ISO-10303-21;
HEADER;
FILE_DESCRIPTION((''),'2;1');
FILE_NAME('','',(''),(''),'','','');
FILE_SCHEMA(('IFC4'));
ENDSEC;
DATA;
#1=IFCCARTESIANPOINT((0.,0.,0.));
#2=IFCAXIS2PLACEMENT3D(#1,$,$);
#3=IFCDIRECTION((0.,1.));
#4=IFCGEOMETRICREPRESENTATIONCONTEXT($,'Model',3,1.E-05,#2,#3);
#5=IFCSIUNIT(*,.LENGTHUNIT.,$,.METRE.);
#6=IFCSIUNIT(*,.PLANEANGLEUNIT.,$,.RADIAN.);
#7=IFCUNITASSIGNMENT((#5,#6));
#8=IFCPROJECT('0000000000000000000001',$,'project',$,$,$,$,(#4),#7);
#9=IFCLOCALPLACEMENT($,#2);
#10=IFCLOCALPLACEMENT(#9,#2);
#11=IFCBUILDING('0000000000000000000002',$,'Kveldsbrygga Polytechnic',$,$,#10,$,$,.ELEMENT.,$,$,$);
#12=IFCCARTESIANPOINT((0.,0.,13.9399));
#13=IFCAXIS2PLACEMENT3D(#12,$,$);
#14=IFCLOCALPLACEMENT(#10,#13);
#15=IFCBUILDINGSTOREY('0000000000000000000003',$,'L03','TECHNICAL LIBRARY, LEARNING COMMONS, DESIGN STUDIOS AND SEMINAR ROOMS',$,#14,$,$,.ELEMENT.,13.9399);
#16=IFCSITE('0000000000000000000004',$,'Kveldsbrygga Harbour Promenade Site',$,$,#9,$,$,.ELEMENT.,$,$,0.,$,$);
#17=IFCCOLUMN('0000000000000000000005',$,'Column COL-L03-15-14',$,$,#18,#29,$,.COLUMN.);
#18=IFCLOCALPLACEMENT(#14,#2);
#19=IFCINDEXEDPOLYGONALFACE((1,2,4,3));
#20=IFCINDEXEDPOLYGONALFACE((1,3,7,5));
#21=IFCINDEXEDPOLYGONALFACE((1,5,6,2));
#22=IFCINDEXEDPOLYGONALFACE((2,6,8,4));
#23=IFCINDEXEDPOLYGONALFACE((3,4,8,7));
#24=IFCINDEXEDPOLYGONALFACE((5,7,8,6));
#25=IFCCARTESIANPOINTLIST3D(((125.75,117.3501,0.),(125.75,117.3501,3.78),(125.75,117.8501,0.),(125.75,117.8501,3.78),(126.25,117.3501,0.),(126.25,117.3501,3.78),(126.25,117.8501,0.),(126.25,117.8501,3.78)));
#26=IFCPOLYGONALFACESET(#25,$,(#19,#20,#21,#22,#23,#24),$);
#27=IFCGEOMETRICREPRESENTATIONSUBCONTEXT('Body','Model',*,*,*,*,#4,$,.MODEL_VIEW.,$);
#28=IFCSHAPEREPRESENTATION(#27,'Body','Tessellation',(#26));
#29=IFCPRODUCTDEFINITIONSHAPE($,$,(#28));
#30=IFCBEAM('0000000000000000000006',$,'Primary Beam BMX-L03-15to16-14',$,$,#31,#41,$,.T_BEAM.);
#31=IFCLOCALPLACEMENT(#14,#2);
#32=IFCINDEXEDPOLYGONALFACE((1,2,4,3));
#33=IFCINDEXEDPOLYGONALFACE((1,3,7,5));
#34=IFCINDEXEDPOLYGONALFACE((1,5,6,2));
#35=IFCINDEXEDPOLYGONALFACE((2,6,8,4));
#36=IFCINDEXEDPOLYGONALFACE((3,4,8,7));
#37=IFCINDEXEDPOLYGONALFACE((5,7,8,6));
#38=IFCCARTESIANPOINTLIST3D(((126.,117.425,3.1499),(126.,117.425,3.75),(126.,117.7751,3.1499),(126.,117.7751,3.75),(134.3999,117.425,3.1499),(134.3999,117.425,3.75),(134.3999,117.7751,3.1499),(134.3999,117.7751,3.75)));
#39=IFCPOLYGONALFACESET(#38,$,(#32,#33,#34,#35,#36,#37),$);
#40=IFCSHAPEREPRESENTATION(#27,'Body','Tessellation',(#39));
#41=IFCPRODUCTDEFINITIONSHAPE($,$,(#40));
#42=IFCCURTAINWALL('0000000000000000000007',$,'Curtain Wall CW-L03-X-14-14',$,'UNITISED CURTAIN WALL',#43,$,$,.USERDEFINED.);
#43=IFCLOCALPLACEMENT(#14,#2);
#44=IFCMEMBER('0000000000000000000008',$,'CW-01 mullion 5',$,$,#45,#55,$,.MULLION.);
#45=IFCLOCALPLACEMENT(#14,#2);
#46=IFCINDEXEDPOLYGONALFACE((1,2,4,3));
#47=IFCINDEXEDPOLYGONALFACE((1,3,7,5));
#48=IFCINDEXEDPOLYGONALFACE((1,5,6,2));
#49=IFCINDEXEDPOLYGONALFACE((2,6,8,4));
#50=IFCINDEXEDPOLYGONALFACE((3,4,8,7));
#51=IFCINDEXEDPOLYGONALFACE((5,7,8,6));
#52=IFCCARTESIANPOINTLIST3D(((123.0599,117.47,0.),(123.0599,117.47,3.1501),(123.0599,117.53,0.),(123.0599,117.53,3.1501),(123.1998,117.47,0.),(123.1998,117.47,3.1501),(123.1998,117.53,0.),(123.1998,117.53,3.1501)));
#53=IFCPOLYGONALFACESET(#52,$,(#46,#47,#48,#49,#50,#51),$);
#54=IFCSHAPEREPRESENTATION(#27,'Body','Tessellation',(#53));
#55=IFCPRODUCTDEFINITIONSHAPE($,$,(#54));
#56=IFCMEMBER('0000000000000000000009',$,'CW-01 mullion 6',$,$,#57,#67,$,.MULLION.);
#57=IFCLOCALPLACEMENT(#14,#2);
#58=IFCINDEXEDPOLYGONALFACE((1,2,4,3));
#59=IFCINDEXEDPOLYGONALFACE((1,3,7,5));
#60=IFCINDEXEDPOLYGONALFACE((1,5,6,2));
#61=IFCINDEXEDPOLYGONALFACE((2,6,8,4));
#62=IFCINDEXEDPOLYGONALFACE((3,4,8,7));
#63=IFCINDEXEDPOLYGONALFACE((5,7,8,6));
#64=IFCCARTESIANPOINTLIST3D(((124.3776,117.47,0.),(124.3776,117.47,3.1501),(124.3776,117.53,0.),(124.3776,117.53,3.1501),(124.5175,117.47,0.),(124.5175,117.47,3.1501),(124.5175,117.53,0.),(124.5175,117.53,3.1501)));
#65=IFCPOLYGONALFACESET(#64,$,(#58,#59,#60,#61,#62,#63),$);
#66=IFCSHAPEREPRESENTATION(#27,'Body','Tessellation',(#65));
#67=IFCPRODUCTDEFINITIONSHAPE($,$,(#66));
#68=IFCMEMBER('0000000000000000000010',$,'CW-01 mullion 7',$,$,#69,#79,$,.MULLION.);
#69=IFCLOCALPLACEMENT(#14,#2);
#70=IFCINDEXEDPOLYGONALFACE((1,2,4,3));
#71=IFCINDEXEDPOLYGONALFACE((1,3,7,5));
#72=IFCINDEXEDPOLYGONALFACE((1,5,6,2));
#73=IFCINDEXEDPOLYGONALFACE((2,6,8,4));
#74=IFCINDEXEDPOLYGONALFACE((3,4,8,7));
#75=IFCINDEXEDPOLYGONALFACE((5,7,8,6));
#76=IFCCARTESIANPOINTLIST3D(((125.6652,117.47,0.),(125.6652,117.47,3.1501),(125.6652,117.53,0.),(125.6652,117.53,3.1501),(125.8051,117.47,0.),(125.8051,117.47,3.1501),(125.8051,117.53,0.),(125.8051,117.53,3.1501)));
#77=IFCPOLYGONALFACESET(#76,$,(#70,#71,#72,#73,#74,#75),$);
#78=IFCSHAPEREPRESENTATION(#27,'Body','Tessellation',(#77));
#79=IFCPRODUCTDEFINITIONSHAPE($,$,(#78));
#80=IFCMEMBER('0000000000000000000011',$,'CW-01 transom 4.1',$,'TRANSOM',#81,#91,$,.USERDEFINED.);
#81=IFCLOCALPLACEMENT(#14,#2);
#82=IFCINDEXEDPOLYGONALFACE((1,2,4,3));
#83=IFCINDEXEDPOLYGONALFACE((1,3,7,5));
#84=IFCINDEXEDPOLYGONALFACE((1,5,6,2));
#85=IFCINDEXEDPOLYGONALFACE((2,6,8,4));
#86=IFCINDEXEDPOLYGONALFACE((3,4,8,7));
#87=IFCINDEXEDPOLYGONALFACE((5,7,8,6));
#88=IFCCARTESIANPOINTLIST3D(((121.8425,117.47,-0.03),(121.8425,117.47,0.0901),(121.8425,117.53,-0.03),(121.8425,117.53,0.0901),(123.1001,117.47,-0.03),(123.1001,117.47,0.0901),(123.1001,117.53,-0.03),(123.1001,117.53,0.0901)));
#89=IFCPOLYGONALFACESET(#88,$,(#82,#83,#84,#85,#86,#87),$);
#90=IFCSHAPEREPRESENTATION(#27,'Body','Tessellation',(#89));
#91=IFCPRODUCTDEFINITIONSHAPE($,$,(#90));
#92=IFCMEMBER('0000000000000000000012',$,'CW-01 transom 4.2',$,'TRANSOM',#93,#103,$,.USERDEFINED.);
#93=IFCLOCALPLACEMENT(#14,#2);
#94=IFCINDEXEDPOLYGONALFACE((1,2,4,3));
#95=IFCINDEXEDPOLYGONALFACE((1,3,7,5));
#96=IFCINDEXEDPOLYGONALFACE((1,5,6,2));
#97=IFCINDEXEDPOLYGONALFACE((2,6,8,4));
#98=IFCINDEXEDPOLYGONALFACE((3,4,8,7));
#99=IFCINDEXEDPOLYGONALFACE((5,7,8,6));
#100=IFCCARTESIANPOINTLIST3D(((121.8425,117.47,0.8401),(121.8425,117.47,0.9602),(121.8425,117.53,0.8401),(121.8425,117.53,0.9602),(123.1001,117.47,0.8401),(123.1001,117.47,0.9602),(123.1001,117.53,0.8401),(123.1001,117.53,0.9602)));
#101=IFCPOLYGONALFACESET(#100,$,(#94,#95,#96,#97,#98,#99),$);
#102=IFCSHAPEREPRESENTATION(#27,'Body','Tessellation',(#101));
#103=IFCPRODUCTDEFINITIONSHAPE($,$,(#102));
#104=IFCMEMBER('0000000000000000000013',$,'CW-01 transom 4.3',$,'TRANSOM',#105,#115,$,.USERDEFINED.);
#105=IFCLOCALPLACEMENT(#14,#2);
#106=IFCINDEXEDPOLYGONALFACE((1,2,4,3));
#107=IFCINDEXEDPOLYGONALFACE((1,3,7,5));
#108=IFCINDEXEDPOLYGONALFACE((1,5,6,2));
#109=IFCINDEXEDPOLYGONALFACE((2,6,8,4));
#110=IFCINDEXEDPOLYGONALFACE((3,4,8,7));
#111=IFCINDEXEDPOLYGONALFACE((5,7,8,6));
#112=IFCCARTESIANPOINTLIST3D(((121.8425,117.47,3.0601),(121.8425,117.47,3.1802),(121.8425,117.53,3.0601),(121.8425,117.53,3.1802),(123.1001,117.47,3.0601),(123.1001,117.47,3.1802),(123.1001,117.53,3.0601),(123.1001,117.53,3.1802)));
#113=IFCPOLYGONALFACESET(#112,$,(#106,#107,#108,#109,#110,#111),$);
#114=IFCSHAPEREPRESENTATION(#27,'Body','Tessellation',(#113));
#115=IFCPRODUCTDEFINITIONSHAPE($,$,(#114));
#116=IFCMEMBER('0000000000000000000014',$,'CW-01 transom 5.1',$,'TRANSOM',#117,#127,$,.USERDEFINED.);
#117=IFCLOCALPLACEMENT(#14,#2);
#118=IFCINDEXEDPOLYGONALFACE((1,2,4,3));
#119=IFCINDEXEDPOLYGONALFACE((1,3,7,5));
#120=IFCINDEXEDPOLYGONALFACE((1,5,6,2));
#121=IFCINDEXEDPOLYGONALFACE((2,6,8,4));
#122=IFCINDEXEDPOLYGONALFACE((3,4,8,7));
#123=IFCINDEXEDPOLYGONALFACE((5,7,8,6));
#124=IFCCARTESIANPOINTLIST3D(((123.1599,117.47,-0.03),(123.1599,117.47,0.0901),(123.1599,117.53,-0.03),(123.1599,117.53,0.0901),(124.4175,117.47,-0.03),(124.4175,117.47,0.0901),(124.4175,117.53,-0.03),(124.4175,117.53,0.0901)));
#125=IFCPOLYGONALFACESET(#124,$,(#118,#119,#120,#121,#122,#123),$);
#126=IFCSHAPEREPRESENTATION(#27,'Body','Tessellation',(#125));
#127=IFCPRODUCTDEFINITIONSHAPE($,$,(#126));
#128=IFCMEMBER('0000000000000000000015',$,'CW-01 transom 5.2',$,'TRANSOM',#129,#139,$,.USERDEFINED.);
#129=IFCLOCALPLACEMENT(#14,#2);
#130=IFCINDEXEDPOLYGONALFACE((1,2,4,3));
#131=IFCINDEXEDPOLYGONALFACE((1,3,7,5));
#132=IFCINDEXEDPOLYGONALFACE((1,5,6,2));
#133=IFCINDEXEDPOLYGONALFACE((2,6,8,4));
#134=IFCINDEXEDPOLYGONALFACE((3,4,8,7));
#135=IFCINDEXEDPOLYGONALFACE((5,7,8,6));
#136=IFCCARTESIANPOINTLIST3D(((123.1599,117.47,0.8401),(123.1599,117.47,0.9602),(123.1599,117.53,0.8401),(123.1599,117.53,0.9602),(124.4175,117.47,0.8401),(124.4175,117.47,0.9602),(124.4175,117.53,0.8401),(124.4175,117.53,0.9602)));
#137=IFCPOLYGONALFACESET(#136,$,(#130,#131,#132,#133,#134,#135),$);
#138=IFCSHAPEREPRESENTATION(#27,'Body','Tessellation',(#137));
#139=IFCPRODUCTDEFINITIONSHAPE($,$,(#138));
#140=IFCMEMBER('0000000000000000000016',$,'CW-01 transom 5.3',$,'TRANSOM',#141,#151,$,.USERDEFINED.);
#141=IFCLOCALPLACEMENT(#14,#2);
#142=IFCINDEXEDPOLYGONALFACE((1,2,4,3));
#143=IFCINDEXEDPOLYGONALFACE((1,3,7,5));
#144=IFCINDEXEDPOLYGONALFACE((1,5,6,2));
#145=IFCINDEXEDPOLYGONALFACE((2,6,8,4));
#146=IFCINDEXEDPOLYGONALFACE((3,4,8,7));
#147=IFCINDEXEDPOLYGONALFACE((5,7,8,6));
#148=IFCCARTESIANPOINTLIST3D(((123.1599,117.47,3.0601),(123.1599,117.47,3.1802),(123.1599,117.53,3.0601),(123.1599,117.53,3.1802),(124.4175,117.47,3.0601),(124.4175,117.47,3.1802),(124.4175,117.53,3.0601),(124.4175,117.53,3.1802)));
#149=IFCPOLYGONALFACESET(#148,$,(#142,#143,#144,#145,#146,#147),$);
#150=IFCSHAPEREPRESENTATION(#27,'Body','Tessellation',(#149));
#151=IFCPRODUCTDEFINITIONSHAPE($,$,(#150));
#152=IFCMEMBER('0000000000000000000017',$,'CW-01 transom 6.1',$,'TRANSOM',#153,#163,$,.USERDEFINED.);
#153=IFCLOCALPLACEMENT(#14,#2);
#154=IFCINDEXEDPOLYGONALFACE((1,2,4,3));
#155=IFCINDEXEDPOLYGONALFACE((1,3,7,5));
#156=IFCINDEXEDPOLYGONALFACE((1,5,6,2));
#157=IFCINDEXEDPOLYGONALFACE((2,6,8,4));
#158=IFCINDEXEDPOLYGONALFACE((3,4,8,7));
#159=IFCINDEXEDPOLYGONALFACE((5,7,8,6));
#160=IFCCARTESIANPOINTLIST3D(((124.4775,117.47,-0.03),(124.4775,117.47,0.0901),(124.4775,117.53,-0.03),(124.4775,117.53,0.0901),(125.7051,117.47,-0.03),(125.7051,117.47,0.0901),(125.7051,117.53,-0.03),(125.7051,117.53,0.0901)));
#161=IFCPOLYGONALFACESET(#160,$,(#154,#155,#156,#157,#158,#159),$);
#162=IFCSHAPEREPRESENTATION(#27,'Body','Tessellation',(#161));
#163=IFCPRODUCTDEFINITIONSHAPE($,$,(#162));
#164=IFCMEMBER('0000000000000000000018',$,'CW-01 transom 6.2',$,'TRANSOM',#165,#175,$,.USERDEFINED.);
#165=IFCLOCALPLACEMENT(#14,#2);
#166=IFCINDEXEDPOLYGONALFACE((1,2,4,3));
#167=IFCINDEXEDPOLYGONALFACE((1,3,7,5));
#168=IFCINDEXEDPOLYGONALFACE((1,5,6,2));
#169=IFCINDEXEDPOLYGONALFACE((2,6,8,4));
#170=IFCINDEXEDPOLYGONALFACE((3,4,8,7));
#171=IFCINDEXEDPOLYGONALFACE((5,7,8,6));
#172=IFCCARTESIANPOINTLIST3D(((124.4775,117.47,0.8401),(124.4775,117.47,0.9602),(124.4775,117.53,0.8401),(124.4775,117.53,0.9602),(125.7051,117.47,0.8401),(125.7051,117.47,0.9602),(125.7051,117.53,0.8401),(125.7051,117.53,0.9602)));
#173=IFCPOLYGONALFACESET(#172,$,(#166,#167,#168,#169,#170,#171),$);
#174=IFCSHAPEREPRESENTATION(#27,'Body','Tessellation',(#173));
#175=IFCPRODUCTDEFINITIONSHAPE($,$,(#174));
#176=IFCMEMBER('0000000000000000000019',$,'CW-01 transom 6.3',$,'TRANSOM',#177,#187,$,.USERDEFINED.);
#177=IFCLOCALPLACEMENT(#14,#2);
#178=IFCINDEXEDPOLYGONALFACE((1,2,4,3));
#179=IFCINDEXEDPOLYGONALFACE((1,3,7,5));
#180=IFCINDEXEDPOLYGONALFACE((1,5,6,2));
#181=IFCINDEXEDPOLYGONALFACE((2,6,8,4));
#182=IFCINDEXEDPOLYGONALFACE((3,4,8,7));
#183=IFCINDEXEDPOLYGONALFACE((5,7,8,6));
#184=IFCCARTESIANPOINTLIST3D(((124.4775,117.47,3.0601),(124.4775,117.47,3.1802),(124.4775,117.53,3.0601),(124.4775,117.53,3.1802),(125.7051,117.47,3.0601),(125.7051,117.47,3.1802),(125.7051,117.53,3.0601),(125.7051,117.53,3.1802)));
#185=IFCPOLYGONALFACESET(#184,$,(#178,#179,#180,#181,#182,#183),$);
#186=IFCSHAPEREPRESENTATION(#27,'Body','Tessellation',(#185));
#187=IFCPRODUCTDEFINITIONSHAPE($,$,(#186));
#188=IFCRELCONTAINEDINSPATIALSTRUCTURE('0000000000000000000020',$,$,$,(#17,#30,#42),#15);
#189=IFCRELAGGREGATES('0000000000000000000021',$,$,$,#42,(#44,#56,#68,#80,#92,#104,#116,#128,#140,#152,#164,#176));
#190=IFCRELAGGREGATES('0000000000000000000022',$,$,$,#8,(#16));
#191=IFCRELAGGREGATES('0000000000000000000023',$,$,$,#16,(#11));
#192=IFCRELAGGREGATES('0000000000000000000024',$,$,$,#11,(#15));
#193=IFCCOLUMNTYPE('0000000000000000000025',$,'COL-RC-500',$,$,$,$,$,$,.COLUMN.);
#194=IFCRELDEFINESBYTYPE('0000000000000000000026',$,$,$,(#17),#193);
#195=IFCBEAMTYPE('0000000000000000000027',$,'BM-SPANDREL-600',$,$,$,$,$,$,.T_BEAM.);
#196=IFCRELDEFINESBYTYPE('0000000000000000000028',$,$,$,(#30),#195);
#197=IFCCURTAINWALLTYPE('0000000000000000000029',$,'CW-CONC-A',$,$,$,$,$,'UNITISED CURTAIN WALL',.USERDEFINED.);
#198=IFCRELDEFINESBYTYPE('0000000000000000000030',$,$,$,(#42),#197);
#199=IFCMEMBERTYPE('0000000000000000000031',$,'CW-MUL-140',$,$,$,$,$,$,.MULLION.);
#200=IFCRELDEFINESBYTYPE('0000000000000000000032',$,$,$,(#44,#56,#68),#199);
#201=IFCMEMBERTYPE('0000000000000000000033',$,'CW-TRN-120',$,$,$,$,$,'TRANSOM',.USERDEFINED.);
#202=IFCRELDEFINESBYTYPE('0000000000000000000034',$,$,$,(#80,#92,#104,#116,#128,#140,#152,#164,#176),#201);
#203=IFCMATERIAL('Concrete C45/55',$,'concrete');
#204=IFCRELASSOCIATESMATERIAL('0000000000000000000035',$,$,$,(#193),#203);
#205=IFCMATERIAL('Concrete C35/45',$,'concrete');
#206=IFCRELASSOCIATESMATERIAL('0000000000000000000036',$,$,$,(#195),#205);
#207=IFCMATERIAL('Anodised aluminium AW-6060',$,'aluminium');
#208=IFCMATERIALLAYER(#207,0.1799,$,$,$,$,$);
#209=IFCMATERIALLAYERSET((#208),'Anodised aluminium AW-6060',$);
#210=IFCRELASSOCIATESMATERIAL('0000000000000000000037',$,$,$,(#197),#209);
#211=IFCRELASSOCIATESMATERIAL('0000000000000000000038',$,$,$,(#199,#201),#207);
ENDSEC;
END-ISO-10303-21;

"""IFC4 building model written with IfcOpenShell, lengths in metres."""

from ifc_helpers import new_model, si_unit, direction, frame, origin, origin_2d, place, context, subcontext, project, spatial, rectangle, extrude, material, layer, layer_set, material_profile, profile_set, type_object, element, aggregate, save


model = new_model("IFC4")

# Units and contexts
model_context = context("Model", 3, precision=1e-05, world=origin(), true_north=direction((0.0, 1.0)))
body_context = subcontext(model_context, "Body", "Model", "MODEL_VIEW")
ifc_project = project(units=[si_unit("LENGTHUNIT", "METRE"), si_unit("PLANEANGLEUNIT", "RADIAN")], contexts=[model_context])

# Site, building, storey
site_placement = place(None, origin())
site = spatial("IfcSite", under=ifc_project, at=site_placement, Name="Kveldsbrygga Harbour Promenade Site", CompositionType="ELEMENT", RefElevation=0.0)
building_placement = place(site_placement, origin())
building = spatial("IfcBuilding", under=site, at=building_placement, Name="Kveldsbrygga Polytechnic", CompositionType="ELEMENT")
storey_placement = place(building_placement, frame((0.0, 0.0, 13.9399)))
storey = spatial("IfcBuildingStorey", under=building, at=storey_placement, Name="L03", Description="TECHNICAL LIBRARY, LEARNING COMMONS, DESIGN STUDIOS AND SEMINAR ROOMS", CompositionType="ELEMENT", Elevation=13.9399)

# Column
ifc_material_1 = material(Name="Concrete C45/55", Category="concrete")
ifc_material_profile_1 = material_profile(ifc_material_1, rectangle(XDim=0.5, YDim=0.5, at=origin_2d()), Name="RC 500x500")
ifc_profile_set_1 = profile_set([ifc_material_profile_1], Name="Concrete C45/55")
column_type = type_object("IfcColumnType", Name="COL-RC-500", PredefinedType="COLUMN", material=ifc_profile_set_1)
column_placement = place(storey_placement, frame((126.0, 117.6001, 0.0), z_axis=(0.0, 0.0, 1.0), x_axis=(1.0, 0.0, 0.0)))
element("IfcColumn", 1, at=column_placement, inside=storey, type_object=column_type, Name="Column COL-L03-15-14", PredefinedType="COLUMN", context=body_context, shape_type="SweptSolid", body=[
    extrude(rectangle(XDim=0.5, YDim=0.5, at=origin_2d()), origin(), (0.0, 0.0, 1.0), 3.78),
])

# Beam
ifc_material_2 = material(Name="Concrete C35/45", Category="concrete")
ifc_material_profile_2 = material_profile(ifc_material_2, rectangle(XDim=0.3501, YDim=0.6001, at=origin_2d()), Name="RC 350x600")
ifc_profile_set_2 = profile_set([ifc_material_profile_2], Name="Concrete C35/45")
beam_type = type_object("IfcBeamType", Name="BM-SPANDREL-600", PredefinedType="T_BEAM", material=ifc_profile_set_2)
beam_placement = place(storey_placement, frame((126.0, 117.6001, 3.45), z_axis=(1.0, 0.0, 0.0), x_axis=(0.0, 1.0, 0.0)))
element("IfcBeam", 2, at=beam_placement, inside=storey, type_object=beam_type, Name="Primary Beam BMX-L03-15to16-14", PredefinedType="T_BEAM", context=body_context, shape_type="SweptSolid", body=[
    extrude(rectangle(XDim=0.3501, YDim=0.6001, at=origin_2d()), origin(), (0.0, 0.0, 1.0), 8.3999),
])

# Curtain wall, members
ifc_material_3 = material(Name="Anodised aluminium AW-6060", Category="aluminium")
ifc_layer_1 = layer(ifc_material_3, 0.1799)
ifc_layer_set_1 = layer_set([ifc_layer_1], Name="Anodised aluminium AW-6060")
curtain_wall_type = type_object("IfcCurtainWallType", Name="CW-CONC-A", ElementType="UNITISED CURTAIN WALL", PredefinedType="USERDEFINED", material=ifc_layer_set_1)
curtain_wall_placement = place(storey_placement, origin())
curtain_wall = element("IfcCurtainWall", 3, at=curtain_wall_placement, inside=storey, type_object=curtain_wall_type, Name="Curtain Wall CW-L03-X-14-14", ObjectType="UNITISED CURTAIN WALL", PredefinedType="USERDEFINED")
ifc_material_profile_3 = material_profile(ifc_material_3, rectangle(XDim=0.0601, YDim=0.1399, at=origin_2d()), Name="ALU 60x140")
ifc_profile_set_3 = profile_set([ifc_material_profile_3], Name="Anodised aluminium AW-6060")
member_type_1 = type_object("IfcMemberType", Name="CW-MUL-140", PredefinedType="MULLION", material=ifc_profile_set_3)
member_1_placement = place(storey_placement, frame((123.1299, 117.5, 0.0), z_axis=(0.0, 0.0, 1.0), x_axis=(0.0, 1.0, 0.0)))
member_1 = element("IfcMember", 4, at=member_1_placement, type_object=member_type_1, Name="CW-01 mullion 5", PredefinedType="MULLION", context=body_context, shape_type="SweptSolid", body=[
    extrude(rectangle(XDim=0.0601, YDim=0.1399, at=origin_2d()), origin(), (0.0, 0.0, 1.0), 3.1501),
])
member_2_placement = place(storey_placement, frame((124.4475, 117.5, 0.0), z_axis=(0.0, 0.0, 1.0), x_axis=(0.0, 1.0, 0.0)))
member_2 = element("IfcMember", 5, at=member_2_placement, type_object=member_type_1, Name="CW-01 mullion 6", PredefinedType="MULLION", context=body_context, shape_type="SweptSolid", body=[
    extrude(rectangle(XDim=0.0601, YDim=0.1399, at=origin_2d()), origin(), (0.0, 0.0, 1.0), 3.1501),
])
member_3_placement = place(storey_placement, frame((125.7351, 117.5, 0.0), z_axis=(0.0, 0.0, 1.0), x_axis=(0.0, 1.0, 0.0)))
member_3 = element("IfcMember", 6, at=member_3_placement, type_object=member_type_1, Name="CW-01 mullion 7", PredefinedType="MULLION", context=body_context, shape_type="SweptSolid", body=[
    extrude(rectangle(XDim=0.0601, YDim=0.1399, at=origin_2d()), origin(), (0.0, 0.0, 1.0), 3.1501),
])
ifc_material_profile_4 = material_profile(ifc_material_3, rectangle(XDim=0.0601, YDim=0.1201, at=origin_2d()), Name="ALU 60x120")
ifc_profile_set_4 = profile_set([ifc_material_profile_4], Name="Anodised aluminium AW-6060")
member_type_2 = type_object("IfcMemberType", Name="CW-TRN-120", ElementType="TRANSOM", PredefinedType="USERDEFINED", material=ifc_profile_set_4)
member_4_placement = place(storey_placement, frame((121.8425, 117.5, 0.03), z_axis=(1.0, 0.0, 0.0), x_axis=(0.0, 1.0, 0.0)))
member_4 = element("IfcMember", 7, at=member_4_placement, type_object=member_type_2, Name="CW-01 transom 4.1", ObjectType="TRANSOM", PredefinedType="USERDEFINED", context=body_context, shape_type="SweptSolid", body=[
    extrude(rectangle(XDim=0.0601, YDim=0.1201, at=origin_2d()), origin(), (0.0, 0.0, 1.0), 1.2576),
])
member_5_placement = place(storey_placement, frame((121.8425, 117.5, 0.9001), z_axis=(1.0, 0.0, 0.0), x_axis=(0.0, 1.0, 0.0)))
member_5 = element("IfcMember", 8, at=member_5_placement, type_object=member_type_2, Name="CW-01 transom 4.2", ObjectType="TRANSOM", PredefinedType="USERDEFINED", context=body_context, shape_type="SweptSolid", body=[
    extrude(rectangle(XDim=0.0601, YDim=0.1201, at=origin_2d()), origin(), (0.0, 0.0, 1.0), 1.2576),
])
member_6_placement = place(storey_placement, frame((121.8425, 117.5, 3.1201), z_axis=(1.0, 0.0, 0.0), x_axis=(0.0, 1.0, 0.0)))
member_6 = element("IfcMember", 9, at=member_6_placement, type_object=member_type_2, Name="CW-01 transom 4.3", ObjectType="TRANSOM", PredefinedType="USERDEFINED", context=body_context, shape_type="SweptSolid", body=[
    extrude(rectangle(XDim=0.0601, YDim=0.1201, at=origin_2d()), origin(), (0.0, 0.0, 1.0), 1.2576),
])
member_7_placement = place(storey_placement, frame((123.1599, 117.5, 0.03), z_axis=(1.0, 0.0, 0.0), x_axis=(0.0, 1.0, 0.0)))
member_7 = element("IfcMember", 10, at=member_7_placement, type_object=member_type_2, Name="CW-01 transom 5.1", ObjectType="TRANSOM", PredefinedType="USERDEFINED", context=body_context, shape_type="SweptSolid", body=[
    extrude(rectangle(XDim=0.0601, YDim=0.1201, at=origin_2d()), origin(), (0.0, 0.0, 1.0), 1.2576),
])
member_8_placement = place(storey_placement, frame((123.1599, 117.5, 0.9001), z_axis=(1.0, 0.0, 0.0), x_axis=(0.0, 1.0, 0.0)))
member_8 = element("IfcMember", 11, at=member_8_placement, type_object=member_type_2, Name="CW-01 transom 5.2", ObjectType="TRANSOM", PredefinedType="USERDEFINED", context=body_context, shape_type="SweptSolid", body=[
    extrude(rectangle(XDim=0.0601, YDim=0.1201, at=origin_2d()), origin(), (0.0, 0.0, 1.0), 1.2576),
])
member_9_placement = place(storey_placement, frame((123.1599, 117.5, 3.1201), z_axis=(1.0, 0.0, 0.0), x_axis=(0.0, 1.0, 0.0)))
member_9 = element("IfcMember", 12, at=member_9_placement, type_object=member_type_2, Name="CW-01 transom 5.3", ObjectType="TRANSOM", PredefinedType="USERDEFINED", context=body_context, shape_type="SweptSolid", body=[
    extrude(rectangle(XDim=0.0601, YDim=0.1201, at=origin_2d()), origin(), (0.0, 0.0, 1.0), 1.2576),
])
member_10_placement = place(storey_placement, frame((124.4775, 117.5, 0.03), z_axis=(1.0, 0.0, 0.0), x_axis=(0.0, 1.0, 0.0)))
member_10 = element("IfcMember", 13, at=member_10_placement, type_object=member_type_2, Name="CW-01 transom 6.1", ObjectType="TRANSOM", PredefinedType="USERDEFINED", context=body_context, shape_type="SweptSolid", body=[
    extrude(rectangle(XDim=0.0601, YDim=0.1201, at=origin_2d()), origin(), (0.0, 0.0, 1.0), 1.2275),
])
member_11_placement = place(storey_placement, frame((124.4775, 117.5, 0.9001), z_axis=(1.0, 0.0, 0.0), x_axis=(0.0, 1.0, 0.0)))
member_11 = element("IfcMember", 14, at=member_11_placement, type_object=member_type_2, Name="CW-01 transom 6.2", ObjectType="TRANSOM", PredefinedType="USERDEFINED", context=body_context, shape_type="SweptSolid", body=[
    extrude(rectangle(XDim=0.0601, YDim=0.1201, at=origin_2d()), origin(), (0.0, 0.0, 1.0), 1.2275),
])
member_12_placement = place(storey_placement, frame((124.4775, 117.5, 3.1201), z_axis=(1.0, 0.0, 0.0), x_axis=(0.0, 1.0, 0.0)))
member_12 = element("IfcMember", 15, at=member_12_placement, type_object=member_type_2, Name="CW-01 transom 6.3", ObjectType="TRANSOM", PredefinedType="USERDEFINED", context=body_context, shape_type="SweptSolid", body=[
    extrude(rectangle(XDim=0.0601, YDim=0.1201, at=origin_2d()), origin(), (0.0, 0.0, 1.0), 1.2275),
])
aggregate(curtain_wall, [member_1, member_2, member_3, member_4, member_5, member_6, member_7, member_8, member_9, member_10, member_11, member_12])

save(model, "model.ifc")
